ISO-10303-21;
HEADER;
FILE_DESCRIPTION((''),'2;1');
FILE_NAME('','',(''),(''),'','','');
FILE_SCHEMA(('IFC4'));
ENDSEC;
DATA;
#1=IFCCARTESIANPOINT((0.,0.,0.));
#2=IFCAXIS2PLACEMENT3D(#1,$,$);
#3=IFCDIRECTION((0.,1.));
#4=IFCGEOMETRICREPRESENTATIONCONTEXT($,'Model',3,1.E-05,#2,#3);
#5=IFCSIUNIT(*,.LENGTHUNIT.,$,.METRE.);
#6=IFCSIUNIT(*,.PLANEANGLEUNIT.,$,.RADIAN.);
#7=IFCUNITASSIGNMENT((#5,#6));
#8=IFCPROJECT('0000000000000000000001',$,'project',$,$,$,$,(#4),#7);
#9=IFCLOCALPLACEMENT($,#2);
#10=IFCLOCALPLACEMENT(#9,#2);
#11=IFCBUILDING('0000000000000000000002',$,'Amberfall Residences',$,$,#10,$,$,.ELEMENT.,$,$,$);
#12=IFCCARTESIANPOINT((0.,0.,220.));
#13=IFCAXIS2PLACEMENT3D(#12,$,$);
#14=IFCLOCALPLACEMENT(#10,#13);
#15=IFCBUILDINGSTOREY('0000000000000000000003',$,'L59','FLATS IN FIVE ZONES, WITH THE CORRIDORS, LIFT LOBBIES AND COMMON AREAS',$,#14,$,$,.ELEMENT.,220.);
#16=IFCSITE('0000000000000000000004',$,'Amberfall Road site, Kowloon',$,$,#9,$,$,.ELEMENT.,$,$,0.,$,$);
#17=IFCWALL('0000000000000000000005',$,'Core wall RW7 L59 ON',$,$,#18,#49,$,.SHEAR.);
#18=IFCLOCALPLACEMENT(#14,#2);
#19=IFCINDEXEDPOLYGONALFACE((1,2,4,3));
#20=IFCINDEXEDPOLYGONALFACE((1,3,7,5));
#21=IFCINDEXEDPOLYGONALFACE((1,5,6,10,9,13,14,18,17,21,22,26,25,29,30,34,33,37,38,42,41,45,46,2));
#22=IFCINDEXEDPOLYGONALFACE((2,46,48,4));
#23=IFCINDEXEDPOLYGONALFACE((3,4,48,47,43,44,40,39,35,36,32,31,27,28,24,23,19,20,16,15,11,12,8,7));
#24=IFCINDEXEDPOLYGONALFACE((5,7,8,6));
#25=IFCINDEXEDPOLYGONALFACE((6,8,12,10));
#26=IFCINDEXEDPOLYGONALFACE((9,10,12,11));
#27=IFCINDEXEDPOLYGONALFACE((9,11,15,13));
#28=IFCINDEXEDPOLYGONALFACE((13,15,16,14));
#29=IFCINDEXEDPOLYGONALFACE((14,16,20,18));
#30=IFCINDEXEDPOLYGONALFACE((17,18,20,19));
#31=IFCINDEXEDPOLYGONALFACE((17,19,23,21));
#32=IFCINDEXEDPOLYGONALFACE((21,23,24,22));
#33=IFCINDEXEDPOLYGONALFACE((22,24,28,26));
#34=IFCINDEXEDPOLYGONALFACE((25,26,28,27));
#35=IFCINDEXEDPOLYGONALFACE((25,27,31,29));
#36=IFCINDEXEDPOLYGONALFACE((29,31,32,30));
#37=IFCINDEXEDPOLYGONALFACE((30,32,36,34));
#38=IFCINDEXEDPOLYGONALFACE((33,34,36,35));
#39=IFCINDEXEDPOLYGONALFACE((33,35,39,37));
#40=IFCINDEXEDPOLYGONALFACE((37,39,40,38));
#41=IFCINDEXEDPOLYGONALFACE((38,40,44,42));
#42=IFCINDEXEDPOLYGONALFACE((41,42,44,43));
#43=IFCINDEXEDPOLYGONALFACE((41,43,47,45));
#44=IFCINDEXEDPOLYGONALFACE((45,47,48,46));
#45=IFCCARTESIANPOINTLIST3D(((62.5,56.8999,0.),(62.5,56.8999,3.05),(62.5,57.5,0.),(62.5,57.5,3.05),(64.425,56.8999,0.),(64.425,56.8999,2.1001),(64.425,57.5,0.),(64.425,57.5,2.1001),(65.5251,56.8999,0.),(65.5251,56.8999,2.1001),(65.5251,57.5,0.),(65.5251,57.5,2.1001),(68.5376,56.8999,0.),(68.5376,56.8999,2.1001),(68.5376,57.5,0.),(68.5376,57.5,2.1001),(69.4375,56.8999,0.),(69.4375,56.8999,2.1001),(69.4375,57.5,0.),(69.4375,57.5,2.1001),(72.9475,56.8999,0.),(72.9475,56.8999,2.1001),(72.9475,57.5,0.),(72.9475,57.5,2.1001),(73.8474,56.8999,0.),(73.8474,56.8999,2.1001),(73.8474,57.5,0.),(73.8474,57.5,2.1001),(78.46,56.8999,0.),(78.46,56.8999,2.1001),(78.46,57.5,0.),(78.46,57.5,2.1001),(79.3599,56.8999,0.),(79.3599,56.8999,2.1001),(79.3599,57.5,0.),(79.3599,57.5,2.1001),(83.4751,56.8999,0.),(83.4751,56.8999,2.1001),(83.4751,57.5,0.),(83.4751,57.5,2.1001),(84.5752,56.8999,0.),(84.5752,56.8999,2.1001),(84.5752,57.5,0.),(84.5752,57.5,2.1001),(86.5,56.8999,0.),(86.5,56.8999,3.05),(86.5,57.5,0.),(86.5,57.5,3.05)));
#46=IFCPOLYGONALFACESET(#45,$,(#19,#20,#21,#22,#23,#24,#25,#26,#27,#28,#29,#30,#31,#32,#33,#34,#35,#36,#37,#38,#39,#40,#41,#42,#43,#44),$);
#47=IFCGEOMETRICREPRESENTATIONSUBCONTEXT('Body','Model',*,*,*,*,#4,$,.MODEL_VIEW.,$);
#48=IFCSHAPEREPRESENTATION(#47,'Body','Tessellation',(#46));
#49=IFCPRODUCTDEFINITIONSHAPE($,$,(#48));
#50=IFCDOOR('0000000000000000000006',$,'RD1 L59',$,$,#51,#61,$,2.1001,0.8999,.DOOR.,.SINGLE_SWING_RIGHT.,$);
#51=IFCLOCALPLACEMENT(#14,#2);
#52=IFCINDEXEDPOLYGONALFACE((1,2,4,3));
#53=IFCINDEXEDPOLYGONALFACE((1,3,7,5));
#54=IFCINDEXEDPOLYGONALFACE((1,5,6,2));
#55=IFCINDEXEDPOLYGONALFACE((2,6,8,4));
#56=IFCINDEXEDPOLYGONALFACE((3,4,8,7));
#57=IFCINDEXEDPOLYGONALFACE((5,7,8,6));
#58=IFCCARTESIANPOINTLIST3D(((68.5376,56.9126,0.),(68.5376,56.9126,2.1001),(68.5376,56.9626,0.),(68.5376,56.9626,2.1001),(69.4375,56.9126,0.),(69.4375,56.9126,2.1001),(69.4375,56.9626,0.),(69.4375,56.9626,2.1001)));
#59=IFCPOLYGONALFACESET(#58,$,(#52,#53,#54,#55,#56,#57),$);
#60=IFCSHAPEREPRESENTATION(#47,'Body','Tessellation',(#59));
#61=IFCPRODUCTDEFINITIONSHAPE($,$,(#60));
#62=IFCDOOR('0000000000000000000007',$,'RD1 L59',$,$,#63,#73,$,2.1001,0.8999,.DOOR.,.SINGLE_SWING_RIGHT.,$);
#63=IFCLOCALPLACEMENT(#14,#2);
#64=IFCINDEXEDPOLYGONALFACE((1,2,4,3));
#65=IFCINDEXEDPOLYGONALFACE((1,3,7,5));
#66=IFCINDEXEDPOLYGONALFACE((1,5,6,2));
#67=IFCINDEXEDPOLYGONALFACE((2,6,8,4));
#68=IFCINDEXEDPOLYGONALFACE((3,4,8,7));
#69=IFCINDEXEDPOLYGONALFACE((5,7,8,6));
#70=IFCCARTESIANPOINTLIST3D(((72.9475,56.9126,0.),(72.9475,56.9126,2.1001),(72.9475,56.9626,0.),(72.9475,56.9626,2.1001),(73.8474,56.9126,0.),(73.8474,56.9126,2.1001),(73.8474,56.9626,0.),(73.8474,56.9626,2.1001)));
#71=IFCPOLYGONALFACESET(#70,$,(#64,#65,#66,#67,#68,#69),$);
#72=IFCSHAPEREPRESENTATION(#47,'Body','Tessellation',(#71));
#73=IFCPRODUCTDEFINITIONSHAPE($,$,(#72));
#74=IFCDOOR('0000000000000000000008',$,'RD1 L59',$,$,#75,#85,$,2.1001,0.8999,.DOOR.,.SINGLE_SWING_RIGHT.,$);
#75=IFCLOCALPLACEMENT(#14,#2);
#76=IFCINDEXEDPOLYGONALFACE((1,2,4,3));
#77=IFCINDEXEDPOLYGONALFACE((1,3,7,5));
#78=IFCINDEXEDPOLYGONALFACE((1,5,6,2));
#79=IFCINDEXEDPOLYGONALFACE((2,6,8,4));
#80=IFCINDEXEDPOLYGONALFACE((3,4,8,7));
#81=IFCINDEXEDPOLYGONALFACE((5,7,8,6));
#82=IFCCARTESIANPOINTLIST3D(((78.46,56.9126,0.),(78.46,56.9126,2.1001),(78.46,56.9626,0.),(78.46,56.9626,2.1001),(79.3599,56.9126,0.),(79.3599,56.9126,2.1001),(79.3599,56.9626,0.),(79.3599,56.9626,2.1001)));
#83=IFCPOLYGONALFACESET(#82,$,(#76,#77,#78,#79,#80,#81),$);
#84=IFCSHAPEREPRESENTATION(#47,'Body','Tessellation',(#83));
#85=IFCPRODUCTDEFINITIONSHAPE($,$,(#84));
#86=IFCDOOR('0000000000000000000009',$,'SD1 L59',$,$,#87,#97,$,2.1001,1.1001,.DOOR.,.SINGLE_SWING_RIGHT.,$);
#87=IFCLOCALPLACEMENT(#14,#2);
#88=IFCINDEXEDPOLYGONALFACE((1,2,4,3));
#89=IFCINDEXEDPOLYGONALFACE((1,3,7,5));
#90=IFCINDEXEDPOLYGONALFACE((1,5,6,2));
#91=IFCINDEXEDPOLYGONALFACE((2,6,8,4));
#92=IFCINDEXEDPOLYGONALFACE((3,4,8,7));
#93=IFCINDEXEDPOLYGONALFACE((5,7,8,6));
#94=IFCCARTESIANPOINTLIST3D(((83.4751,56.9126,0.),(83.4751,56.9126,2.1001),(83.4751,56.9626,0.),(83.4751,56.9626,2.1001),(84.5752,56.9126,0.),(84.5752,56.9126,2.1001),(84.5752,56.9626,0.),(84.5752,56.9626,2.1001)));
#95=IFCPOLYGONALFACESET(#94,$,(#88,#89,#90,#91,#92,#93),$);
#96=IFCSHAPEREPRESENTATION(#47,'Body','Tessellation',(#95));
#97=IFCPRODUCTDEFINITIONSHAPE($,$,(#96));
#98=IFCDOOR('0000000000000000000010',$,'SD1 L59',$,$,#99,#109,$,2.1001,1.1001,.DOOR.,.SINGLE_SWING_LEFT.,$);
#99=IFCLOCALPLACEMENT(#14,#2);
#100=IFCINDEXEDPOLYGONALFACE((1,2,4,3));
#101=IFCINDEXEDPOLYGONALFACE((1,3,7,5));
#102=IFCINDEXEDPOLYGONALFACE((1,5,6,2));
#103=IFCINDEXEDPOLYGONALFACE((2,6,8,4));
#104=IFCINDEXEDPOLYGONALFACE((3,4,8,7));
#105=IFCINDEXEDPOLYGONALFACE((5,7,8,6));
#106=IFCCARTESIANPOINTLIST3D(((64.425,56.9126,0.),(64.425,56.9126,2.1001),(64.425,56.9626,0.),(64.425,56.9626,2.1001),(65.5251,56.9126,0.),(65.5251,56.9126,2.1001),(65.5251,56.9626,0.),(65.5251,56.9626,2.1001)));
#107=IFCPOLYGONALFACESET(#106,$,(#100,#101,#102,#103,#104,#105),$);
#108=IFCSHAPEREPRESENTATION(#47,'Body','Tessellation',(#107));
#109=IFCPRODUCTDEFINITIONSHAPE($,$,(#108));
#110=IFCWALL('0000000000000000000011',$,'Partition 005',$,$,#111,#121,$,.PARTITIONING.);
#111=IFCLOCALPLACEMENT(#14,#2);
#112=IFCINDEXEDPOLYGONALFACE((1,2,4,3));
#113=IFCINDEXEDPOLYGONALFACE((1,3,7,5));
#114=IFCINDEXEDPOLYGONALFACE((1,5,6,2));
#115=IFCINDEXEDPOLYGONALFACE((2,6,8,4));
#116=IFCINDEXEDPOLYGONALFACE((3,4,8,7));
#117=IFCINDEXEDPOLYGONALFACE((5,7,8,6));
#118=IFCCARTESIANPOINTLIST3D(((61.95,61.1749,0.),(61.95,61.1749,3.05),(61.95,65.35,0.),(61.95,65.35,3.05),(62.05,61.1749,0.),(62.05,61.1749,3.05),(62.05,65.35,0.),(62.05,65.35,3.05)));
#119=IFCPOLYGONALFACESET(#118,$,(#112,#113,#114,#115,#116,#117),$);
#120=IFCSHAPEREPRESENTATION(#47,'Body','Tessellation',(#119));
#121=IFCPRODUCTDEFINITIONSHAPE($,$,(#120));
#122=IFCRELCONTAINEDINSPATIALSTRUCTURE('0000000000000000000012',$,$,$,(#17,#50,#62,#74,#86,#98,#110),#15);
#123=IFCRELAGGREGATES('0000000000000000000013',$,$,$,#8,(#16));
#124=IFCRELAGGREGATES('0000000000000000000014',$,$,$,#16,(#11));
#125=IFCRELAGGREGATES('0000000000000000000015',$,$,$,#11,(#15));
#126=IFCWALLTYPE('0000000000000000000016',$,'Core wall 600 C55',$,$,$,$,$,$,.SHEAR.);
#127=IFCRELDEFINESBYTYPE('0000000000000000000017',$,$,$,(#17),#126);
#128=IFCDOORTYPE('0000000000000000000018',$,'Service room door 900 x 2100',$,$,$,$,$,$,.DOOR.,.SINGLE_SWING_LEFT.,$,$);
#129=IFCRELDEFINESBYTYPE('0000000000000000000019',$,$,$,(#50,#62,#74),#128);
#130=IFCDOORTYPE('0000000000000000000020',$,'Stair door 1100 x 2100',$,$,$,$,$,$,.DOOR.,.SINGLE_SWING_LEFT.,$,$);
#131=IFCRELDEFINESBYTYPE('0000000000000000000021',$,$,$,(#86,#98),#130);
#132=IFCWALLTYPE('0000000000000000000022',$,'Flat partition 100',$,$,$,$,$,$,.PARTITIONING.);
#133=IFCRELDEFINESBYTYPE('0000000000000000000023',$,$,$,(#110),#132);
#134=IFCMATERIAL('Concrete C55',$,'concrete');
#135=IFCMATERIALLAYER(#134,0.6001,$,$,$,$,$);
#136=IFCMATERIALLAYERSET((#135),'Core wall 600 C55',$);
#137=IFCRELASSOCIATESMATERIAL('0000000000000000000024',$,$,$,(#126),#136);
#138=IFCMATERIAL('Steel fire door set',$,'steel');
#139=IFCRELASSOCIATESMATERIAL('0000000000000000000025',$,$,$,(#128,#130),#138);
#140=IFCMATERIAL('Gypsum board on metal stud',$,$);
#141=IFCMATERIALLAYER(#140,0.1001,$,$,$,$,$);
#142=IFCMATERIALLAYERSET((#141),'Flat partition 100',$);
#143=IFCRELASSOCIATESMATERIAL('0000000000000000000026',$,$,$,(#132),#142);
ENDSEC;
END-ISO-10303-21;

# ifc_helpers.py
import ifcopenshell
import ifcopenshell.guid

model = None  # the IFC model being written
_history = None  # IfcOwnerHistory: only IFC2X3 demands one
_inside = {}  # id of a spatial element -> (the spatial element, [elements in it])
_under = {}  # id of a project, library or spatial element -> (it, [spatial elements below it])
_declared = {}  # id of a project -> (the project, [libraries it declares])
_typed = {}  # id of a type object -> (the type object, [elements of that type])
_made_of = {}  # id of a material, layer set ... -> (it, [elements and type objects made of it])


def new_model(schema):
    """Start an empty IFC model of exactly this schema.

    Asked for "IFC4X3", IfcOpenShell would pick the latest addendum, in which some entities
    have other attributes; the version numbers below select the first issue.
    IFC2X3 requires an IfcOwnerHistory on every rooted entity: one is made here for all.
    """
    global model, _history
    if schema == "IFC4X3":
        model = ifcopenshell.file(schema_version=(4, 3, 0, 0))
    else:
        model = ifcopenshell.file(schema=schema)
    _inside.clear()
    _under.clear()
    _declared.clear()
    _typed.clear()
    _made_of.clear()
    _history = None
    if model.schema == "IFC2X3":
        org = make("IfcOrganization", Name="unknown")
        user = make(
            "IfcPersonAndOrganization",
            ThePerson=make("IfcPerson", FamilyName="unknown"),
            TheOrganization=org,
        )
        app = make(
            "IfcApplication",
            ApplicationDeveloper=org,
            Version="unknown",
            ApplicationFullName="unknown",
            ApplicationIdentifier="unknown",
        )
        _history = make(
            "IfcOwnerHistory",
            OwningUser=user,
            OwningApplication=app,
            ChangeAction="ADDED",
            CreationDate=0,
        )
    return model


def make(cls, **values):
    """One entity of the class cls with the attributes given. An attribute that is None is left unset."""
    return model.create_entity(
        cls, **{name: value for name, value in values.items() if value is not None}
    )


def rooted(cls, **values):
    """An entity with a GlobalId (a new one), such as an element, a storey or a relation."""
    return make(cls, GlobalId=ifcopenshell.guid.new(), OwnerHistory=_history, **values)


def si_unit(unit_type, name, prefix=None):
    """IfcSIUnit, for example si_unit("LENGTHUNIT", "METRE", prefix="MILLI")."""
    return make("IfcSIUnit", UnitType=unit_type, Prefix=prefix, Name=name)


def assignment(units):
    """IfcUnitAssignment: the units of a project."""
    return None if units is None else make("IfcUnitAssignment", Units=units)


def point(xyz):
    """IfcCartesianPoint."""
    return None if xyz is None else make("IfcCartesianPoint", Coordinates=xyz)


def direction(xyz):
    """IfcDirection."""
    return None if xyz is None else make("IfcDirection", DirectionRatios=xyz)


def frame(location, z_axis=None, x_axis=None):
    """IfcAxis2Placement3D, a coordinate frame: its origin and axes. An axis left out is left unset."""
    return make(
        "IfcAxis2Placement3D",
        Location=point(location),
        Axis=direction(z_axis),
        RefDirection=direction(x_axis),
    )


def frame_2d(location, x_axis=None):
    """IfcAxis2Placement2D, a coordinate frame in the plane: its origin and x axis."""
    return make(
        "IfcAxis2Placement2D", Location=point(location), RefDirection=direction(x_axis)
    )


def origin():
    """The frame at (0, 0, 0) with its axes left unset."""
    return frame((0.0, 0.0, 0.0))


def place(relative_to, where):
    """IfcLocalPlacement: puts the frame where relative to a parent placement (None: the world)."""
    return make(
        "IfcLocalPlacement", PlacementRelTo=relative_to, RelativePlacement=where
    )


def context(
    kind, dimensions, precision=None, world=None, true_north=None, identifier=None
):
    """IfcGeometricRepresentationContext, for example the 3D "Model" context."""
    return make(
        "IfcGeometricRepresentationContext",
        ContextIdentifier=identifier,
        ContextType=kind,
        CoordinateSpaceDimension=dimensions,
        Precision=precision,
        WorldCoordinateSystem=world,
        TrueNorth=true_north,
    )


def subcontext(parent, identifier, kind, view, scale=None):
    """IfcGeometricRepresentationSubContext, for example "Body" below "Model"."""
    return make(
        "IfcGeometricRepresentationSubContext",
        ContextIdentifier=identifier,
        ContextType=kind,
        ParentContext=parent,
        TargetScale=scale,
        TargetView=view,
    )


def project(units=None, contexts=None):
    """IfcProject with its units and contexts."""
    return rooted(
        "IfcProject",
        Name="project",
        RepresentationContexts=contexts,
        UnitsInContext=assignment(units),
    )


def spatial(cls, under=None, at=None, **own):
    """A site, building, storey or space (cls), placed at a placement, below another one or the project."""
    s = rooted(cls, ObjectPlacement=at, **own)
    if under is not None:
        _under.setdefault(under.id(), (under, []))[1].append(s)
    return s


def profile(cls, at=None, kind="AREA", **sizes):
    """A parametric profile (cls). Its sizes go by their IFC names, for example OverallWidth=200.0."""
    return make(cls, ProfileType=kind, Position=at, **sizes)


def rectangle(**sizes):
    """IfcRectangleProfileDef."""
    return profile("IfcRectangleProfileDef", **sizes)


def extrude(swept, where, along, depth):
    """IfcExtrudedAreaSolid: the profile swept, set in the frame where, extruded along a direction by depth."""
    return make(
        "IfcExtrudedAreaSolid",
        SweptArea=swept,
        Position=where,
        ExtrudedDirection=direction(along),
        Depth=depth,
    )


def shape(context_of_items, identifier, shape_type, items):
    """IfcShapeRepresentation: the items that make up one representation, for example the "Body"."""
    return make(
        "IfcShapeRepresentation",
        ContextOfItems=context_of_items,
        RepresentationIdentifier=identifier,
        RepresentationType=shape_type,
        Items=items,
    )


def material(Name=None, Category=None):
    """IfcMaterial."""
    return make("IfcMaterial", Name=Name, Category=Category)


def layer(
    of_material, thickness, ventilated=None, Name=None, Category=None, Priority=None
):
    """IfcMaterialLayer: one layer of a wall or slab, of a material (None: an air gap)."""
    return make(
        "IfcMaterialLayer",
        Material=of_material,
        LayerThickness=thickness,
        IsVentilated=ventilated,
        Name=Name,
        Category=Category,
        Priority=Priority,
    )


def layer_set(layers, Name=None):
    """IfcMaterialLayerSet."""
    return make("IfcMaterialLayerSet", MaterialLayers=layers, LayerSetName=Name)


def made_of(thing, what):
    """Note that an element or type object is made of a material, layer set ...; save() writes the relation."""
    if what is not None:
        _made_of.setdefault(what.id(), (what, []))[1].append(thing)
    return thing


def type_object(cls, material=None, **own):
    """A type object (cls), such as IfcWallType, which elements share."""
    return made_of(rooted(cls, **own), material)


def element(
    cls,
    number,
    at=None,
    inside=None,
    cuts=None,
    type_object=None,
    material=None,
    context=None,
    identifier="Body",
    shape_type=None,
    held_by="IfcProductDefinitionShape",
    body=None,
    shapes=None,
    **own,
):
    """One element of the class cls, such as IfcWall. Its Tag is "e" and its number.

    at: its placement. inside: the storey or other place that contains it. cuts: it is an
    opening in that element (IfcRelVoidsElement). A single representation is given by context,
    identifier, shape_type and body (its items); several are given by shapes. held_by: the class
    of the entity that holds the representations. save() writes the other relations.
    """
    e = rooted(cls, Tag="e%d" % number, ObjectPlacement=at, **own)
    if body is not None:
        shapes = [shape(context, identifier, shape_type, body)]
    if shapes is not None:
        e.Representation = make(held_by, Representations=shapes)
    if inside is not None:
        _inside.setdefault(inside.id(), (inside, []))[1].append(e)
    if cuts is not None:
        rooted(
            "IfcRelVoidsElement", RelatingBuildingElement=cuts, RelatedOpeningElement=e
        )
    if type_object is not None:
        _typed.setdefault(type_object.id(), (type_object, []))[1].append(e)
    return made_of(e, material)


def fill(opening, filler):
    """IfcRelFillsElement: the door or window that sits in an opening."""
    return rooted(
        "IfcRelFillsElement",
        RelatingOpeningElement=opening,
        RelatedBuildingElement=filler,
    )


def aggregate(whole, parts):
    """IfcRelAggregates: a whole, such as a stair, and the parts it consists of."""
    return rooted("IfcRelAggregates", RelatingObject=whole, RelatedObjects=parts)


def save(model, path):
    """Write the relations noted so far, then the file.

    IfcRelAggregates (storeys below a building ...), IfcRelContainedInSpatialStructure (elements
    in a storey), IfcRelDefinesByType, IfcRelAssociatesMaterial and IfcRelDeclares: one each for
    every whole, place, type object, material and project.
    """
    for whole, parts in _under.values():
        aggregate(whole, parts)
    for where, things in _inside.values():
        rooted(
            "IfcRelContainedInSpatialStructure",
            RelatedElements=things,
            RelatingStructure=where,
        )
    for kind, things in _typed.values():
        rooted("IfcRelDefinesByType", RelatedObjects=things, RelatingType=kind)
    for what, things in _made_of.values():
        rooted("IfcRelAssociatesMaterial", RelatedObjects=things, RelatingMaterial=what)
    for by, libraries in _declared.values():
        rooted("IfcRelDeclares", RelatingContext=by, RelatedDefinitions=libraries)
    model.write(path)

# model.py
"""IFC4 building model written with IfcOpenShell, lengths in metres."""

from ifc_helpers import new_model, si_unit, direction, frame, frame_2d, origin, place, context, subcontext, project, spatial, rectangle, extrude, material, layer, layer_set, type_object, element, fill, save


model = new_model("IFC4")

# Units and contexts
model_context = context("Model", 3, precision=1e-05, world=origin(), true_north=direction((0.0, 1.0)))
body_context = subcontext(model_context, "Body", "Model", "MODEL_VIEW")
ifc_project = project(units=[si_unit("LENGTHUNIT", "METRE"), si_unit("PLANEANGLEUNIT", "RADIAN")], contexts=[model_context])

# Site, building, storey
site_placement = place(None, origin())
site = spatial("IfcSite", under=ifc_project, at=site_placement, Name="Amberfall Road site, Kowloon", CompositionType="ELEMENT", RefElevation=0.0)
building_placement = place(site_placement, origin())
building = spatial("IfcBuilding", under=site, at=building_placement, Name="Amberfall Residences", CompositionType="ELEMENT")
storey_placement = place(building_placement, frame((0.0, 0.0, 220.0)))
storey = spatial("IfcBuildingStorey", under=building, at=storey_placement, Name="L59", Description="FLATS IN FIVE ZONES, WITH THE CORRIDORS, LIFT LOBBIES AND COMMON AREAS", CompositionType="ELEMENT", Elevation=220.0)

# Wall, openings, doors
ifc_material_1 = material(Name="Concrete C55", Category="concrete")
ifc_layer_1 = layer(ifc_material_1, 0.6001)
ifc_layer_set_1 = layer_set([ifc_layer_1], Name="Core wall 600 C55")
wall_type_1 = type_object("IfcWallType", Name="Core wall 600 C55", PredefinedType="SHEAR", material=ifc_layer_set_1)
wall_1_placement = place(storey_placement, frame((62.5, 57.2, 0.0), z_axis=(0.0, 0.0, 1.0), x_axis=(1.0, 0.0, 0.0)))
wall_1 = element("IfcWall", 1, at=wall_1_placement, inside=storey, type_object=wall_type_1, Name="Core wall RW7 L59 ON", PredefinedType="SHEAR", context=body_context, shape_type="SweptSolid", body=[
    extrude(rectangle(XDim=24.0, YDim=0.6001, at=frame_2d((12.0, 0.0))), origin(), (0.0, 0.0, 1.0), 3.05),
])
opening_1_placement = place(wall_1_placement, frame((20.9751, 0.0, 0.0)))
opening_1 = element("IfcOpeningElement", 2, at=opening_1_placement, cuts=wall_1, PredefinedType="OPENING", context=body_context, shape_type="SweptSolid", body=[
    extrude(rectangle(XDim=1.1001, YDim=2.1001, at=frame_2d((0.55, 1.05))), frame((0.0, 0.3101, 0.0), z_axis=(0.0, -1.0, 0.0), x_axis=(1.0, 0.0, 0.0)), (0.0, 0.0, 1.0), 0.6201),
])
opening_2_placement = place(wall_1_placement, frame((1.925, 0.0, 0.0)))
opening_2 = element("IfcOpeningElement", 3, at=opening_2_placement, cuts=wall_1, PredefinedType="OPENING", context=body_context, shape_type="SweptSolid", body=[
    extrude(rectangle(XDim=1.1001, YDim=2.1001, at=frame_2d((0.55, 1.05))), frame((0.0, 0.3101, 0.0), z_axis=(0.0, -1.0, 0.0), x_axis=(1.0, 0.0, 0.0)), (0.0, 0.0, 1.0), 0.6201),
])
opening_3_placement = place(wall_1_placement, frame((6.0376, 0.0, 0.0)))
opening_3 = element("IfcOpeningElement", 4, at=opening_3_placement, cuts=wall_1, PredefinedType="OPENING", context=body_context, shape_type="SweptSolid", body=[
    extrude(rectangle(XDim=0.8999, YDim=2.1001, at=frame_2d((0.45, 1.05))), frame((0.0, 0.3101, 0.0), z_axis=(0.0, -1.0, 0.0), x_axis=(1.0, 0.0, 0.0)), (0.0, 0.0, 1.0), 0.6201),
])
opening_4_placement = place(wall_1_placement, frame((10.4475, 0.0, 0.0)))
opening_4 = element("IfcOpeningElement", 5, at=opening_4_placement, cuts=wall_1, PredefinedType="OPENING", context=body_context, shape_type="SweptSolid", body=[
    extrude(rectangle(XDim=0.8999, YDim=2.1001, at=frame_2d((0.45, 1.05))), frame((0.0, 0.3101, 0.0), z_axis=(0.0, -1.0, 0.0), x_axis=(1.0, 0.0, 0.0)), (0.0, 0.0, 1.0), 0.6201),
])
opening_5_placement = place(wall_1_placement, frame((15.96, 0.0, 0.0)))
opening_5 = element("IfcOpeningElement", 6, at=opening_5_placement, cuts=wall_1, PredefinedType="OPENING", context=body_context, shape_type="SweptSolid", body=[
    extrude(rectangle(XDim=0.8999, YDim=2.1001, at=frame_2d((0.45, 1.05))), frame((0.0, 0.3101, 0.0), z_axis=(0.0, -1.0, 0.0), x_axis=(1.0, 0.0, 0.0)), (0.0, 0.0, 1.0), 0.6201),
])
ifc_material_2 = material(Name="Steel fire door set", Category="steel")
door_type_1 = type_object("IfcDoorType", Name="Service room door 900 x 2100", OperationType="SINGLE_SWING_LEFT", PredefinedType="DOOR", material=ifc_material_2)
door_1_placement = place(opening_3_placement, origin())
door_1 = element("IfcDoor", 7, at=door_1_placement, inside=storey, type_object=door_type_1, Name="RD1 L59", OperationType="SINGLE_SWING_RIGHT", OverallHeight=2.1001, OverallWidth=0.8999, PredefinedType="DOOR", context=body_context, shape_type="SweptSolid", body=[
    extrude(rectangle(XDim=0.8999, YDim=2.1001, at=frame_2d((0.45, 1.05))), frame((0.0, -0.2373, 0.0), z_axis=(0.0, -1.0, 0.0), x_axis=(1.0, 0.0, 0.0)), (0.0, 0.0, 1.0), 0.05),
])
fill(opening_3, door_1)
door_2_placement = place(opening_4_placement, origin())
door_2 = element("IfcDoor", 8, at=door_2_placement, inside=storey, type_object=door_type_1, Name="RD1 L59", OperationType="SINGLE_SWING_RIGHT", OverallHeight=2.1001, OverallWidth=0.8999, PredefinedType="DOOR", context=body_context, shape_type="SweptSolid", body=[
    extrude(rectangle(XDim=0.8999, YDim=2.1001, at=frame_2d((0.45, 1.05))), frame((0.0, -0.2373, 0.0), z_axis=(0.0, -1.0, 0.0), x_axis=(1.0, 0.0, 0.0)), (0.0, 0.0, 1.0), 0.05),
])
fill(opening_4, door_2)
door_3_placement = place(opening_5_placement, origin())
door_3 = element("IfcDoor", 9, at=door_3_placement, inside=storey, type_object=door_type_1, Name="RD1 L59", OperationType="SINGLE_SWING_RIGHT", OverallHeight=2.1001, OverallWidth=0.8999, PredefinedType="DOOR", context=body_context, shape_type="SweptSolid", body=[
    extrude(rectangle(XDim=0.8999, YDim=2.1001, at=frame_2d((0.45, 1.05))), frame((0.0, -0.2373, 0.0), z_axis=(0.0, -1.0, 0.0), x_axis=(1.0, 0.0, 0.0)), (0.0, 0.0, 1.0), 0.05),
])
fill(opening_5, door_3)
door_type_2 = type_object("IfcDoorType", Name="Stair door 1100 x 2100", OperationType="SINGLE_SWING_LEFT", PredefinedType="DOOR", material=ifc_material_2)
door_4_placement = place(opening_1_placement, origin())
door_4 = element("IfcDoor", 10, at=door_4_placement, inside=storey, type_object=door_type_2, Name="SD1 L59", OperationType="SINGLE_SWING_RIGHT", OverallHeight=2.1001, OverallWidth=1.1001, PredefinedType="DOOR", context=body_context, shape_type="SweptSolid", body=[
    extrude(rectangle(XDim=1.1001, YDim=2.1001, at=frame_2d((0.55, 1.05))), frame((0.0, -0.2373, 0.0), z_axis=(0.0, -1.0, 0.0), x_axis=(1.0, 0.0, 0.0)), (0.0, 0.0, 1.0), 0.05),
])
fill(opening_1, door_4)
door_5_placement = place(opening_2_placement, origin())
door_5 = element("IfcDoor", 11, at=door_5_placement, inside=storey, type_object=door_type_2, Name="SD1 L59", OperationType="SINGLE_SWING_LEFT", OverallHeight=2.1001, OverallWidth=1.1001, PredefinedType="DOOR", context=body_context, shape_type="SweptSolid", body=[
    extrude(rectangle(XDim=1.1001, YDim=2.1001, at=frame_2d((0.55, 1.05))), frame((0.0, -0.2373, 0.0), z_axis=(0.0, -1.0, 0.0), x_axis=(1.0, 0.0, 0.0)), (0.0, 0.0, 1.0), 0.05),
])
fill(opening_2, door_5)

# Wall
ifc_material_3 = material(Name="Gypsum board on metal stud")
ifc_layer_2 = layer(ifc_material_3, 0.1001)
ifc_layer_set_2 = layer_set([ifc_layer_2], Name="Flat partition 100")
wall_type_2 = type_object("IfcWallType", Name="Flat partition 100", PredefinedType="PARTITIONING", material=ifc_layer_set_2)
wall_2_placement = place(storey_placement, frame((62.0, 61.175, 0.0), z_axis=(0.0, 0.0, 1.0), x_axis=(0.0, 1.0, 0.0)))
element("IfcWall", 12, at=wall_2_placement, inside=storey, type_object=wall_type_2, Name="Partition 005", PredefinedType="PARTITIONING", context=body_context, shape_type="SweptSolid", body=[
    extrude(rectangle(XDim=4.175, YDim=0.1001, at=frame_2d((2.0874, 0.0))), origin(), (0.0, 0.0, 1.0), 3.05),
])

save(model, "model.ifc")
